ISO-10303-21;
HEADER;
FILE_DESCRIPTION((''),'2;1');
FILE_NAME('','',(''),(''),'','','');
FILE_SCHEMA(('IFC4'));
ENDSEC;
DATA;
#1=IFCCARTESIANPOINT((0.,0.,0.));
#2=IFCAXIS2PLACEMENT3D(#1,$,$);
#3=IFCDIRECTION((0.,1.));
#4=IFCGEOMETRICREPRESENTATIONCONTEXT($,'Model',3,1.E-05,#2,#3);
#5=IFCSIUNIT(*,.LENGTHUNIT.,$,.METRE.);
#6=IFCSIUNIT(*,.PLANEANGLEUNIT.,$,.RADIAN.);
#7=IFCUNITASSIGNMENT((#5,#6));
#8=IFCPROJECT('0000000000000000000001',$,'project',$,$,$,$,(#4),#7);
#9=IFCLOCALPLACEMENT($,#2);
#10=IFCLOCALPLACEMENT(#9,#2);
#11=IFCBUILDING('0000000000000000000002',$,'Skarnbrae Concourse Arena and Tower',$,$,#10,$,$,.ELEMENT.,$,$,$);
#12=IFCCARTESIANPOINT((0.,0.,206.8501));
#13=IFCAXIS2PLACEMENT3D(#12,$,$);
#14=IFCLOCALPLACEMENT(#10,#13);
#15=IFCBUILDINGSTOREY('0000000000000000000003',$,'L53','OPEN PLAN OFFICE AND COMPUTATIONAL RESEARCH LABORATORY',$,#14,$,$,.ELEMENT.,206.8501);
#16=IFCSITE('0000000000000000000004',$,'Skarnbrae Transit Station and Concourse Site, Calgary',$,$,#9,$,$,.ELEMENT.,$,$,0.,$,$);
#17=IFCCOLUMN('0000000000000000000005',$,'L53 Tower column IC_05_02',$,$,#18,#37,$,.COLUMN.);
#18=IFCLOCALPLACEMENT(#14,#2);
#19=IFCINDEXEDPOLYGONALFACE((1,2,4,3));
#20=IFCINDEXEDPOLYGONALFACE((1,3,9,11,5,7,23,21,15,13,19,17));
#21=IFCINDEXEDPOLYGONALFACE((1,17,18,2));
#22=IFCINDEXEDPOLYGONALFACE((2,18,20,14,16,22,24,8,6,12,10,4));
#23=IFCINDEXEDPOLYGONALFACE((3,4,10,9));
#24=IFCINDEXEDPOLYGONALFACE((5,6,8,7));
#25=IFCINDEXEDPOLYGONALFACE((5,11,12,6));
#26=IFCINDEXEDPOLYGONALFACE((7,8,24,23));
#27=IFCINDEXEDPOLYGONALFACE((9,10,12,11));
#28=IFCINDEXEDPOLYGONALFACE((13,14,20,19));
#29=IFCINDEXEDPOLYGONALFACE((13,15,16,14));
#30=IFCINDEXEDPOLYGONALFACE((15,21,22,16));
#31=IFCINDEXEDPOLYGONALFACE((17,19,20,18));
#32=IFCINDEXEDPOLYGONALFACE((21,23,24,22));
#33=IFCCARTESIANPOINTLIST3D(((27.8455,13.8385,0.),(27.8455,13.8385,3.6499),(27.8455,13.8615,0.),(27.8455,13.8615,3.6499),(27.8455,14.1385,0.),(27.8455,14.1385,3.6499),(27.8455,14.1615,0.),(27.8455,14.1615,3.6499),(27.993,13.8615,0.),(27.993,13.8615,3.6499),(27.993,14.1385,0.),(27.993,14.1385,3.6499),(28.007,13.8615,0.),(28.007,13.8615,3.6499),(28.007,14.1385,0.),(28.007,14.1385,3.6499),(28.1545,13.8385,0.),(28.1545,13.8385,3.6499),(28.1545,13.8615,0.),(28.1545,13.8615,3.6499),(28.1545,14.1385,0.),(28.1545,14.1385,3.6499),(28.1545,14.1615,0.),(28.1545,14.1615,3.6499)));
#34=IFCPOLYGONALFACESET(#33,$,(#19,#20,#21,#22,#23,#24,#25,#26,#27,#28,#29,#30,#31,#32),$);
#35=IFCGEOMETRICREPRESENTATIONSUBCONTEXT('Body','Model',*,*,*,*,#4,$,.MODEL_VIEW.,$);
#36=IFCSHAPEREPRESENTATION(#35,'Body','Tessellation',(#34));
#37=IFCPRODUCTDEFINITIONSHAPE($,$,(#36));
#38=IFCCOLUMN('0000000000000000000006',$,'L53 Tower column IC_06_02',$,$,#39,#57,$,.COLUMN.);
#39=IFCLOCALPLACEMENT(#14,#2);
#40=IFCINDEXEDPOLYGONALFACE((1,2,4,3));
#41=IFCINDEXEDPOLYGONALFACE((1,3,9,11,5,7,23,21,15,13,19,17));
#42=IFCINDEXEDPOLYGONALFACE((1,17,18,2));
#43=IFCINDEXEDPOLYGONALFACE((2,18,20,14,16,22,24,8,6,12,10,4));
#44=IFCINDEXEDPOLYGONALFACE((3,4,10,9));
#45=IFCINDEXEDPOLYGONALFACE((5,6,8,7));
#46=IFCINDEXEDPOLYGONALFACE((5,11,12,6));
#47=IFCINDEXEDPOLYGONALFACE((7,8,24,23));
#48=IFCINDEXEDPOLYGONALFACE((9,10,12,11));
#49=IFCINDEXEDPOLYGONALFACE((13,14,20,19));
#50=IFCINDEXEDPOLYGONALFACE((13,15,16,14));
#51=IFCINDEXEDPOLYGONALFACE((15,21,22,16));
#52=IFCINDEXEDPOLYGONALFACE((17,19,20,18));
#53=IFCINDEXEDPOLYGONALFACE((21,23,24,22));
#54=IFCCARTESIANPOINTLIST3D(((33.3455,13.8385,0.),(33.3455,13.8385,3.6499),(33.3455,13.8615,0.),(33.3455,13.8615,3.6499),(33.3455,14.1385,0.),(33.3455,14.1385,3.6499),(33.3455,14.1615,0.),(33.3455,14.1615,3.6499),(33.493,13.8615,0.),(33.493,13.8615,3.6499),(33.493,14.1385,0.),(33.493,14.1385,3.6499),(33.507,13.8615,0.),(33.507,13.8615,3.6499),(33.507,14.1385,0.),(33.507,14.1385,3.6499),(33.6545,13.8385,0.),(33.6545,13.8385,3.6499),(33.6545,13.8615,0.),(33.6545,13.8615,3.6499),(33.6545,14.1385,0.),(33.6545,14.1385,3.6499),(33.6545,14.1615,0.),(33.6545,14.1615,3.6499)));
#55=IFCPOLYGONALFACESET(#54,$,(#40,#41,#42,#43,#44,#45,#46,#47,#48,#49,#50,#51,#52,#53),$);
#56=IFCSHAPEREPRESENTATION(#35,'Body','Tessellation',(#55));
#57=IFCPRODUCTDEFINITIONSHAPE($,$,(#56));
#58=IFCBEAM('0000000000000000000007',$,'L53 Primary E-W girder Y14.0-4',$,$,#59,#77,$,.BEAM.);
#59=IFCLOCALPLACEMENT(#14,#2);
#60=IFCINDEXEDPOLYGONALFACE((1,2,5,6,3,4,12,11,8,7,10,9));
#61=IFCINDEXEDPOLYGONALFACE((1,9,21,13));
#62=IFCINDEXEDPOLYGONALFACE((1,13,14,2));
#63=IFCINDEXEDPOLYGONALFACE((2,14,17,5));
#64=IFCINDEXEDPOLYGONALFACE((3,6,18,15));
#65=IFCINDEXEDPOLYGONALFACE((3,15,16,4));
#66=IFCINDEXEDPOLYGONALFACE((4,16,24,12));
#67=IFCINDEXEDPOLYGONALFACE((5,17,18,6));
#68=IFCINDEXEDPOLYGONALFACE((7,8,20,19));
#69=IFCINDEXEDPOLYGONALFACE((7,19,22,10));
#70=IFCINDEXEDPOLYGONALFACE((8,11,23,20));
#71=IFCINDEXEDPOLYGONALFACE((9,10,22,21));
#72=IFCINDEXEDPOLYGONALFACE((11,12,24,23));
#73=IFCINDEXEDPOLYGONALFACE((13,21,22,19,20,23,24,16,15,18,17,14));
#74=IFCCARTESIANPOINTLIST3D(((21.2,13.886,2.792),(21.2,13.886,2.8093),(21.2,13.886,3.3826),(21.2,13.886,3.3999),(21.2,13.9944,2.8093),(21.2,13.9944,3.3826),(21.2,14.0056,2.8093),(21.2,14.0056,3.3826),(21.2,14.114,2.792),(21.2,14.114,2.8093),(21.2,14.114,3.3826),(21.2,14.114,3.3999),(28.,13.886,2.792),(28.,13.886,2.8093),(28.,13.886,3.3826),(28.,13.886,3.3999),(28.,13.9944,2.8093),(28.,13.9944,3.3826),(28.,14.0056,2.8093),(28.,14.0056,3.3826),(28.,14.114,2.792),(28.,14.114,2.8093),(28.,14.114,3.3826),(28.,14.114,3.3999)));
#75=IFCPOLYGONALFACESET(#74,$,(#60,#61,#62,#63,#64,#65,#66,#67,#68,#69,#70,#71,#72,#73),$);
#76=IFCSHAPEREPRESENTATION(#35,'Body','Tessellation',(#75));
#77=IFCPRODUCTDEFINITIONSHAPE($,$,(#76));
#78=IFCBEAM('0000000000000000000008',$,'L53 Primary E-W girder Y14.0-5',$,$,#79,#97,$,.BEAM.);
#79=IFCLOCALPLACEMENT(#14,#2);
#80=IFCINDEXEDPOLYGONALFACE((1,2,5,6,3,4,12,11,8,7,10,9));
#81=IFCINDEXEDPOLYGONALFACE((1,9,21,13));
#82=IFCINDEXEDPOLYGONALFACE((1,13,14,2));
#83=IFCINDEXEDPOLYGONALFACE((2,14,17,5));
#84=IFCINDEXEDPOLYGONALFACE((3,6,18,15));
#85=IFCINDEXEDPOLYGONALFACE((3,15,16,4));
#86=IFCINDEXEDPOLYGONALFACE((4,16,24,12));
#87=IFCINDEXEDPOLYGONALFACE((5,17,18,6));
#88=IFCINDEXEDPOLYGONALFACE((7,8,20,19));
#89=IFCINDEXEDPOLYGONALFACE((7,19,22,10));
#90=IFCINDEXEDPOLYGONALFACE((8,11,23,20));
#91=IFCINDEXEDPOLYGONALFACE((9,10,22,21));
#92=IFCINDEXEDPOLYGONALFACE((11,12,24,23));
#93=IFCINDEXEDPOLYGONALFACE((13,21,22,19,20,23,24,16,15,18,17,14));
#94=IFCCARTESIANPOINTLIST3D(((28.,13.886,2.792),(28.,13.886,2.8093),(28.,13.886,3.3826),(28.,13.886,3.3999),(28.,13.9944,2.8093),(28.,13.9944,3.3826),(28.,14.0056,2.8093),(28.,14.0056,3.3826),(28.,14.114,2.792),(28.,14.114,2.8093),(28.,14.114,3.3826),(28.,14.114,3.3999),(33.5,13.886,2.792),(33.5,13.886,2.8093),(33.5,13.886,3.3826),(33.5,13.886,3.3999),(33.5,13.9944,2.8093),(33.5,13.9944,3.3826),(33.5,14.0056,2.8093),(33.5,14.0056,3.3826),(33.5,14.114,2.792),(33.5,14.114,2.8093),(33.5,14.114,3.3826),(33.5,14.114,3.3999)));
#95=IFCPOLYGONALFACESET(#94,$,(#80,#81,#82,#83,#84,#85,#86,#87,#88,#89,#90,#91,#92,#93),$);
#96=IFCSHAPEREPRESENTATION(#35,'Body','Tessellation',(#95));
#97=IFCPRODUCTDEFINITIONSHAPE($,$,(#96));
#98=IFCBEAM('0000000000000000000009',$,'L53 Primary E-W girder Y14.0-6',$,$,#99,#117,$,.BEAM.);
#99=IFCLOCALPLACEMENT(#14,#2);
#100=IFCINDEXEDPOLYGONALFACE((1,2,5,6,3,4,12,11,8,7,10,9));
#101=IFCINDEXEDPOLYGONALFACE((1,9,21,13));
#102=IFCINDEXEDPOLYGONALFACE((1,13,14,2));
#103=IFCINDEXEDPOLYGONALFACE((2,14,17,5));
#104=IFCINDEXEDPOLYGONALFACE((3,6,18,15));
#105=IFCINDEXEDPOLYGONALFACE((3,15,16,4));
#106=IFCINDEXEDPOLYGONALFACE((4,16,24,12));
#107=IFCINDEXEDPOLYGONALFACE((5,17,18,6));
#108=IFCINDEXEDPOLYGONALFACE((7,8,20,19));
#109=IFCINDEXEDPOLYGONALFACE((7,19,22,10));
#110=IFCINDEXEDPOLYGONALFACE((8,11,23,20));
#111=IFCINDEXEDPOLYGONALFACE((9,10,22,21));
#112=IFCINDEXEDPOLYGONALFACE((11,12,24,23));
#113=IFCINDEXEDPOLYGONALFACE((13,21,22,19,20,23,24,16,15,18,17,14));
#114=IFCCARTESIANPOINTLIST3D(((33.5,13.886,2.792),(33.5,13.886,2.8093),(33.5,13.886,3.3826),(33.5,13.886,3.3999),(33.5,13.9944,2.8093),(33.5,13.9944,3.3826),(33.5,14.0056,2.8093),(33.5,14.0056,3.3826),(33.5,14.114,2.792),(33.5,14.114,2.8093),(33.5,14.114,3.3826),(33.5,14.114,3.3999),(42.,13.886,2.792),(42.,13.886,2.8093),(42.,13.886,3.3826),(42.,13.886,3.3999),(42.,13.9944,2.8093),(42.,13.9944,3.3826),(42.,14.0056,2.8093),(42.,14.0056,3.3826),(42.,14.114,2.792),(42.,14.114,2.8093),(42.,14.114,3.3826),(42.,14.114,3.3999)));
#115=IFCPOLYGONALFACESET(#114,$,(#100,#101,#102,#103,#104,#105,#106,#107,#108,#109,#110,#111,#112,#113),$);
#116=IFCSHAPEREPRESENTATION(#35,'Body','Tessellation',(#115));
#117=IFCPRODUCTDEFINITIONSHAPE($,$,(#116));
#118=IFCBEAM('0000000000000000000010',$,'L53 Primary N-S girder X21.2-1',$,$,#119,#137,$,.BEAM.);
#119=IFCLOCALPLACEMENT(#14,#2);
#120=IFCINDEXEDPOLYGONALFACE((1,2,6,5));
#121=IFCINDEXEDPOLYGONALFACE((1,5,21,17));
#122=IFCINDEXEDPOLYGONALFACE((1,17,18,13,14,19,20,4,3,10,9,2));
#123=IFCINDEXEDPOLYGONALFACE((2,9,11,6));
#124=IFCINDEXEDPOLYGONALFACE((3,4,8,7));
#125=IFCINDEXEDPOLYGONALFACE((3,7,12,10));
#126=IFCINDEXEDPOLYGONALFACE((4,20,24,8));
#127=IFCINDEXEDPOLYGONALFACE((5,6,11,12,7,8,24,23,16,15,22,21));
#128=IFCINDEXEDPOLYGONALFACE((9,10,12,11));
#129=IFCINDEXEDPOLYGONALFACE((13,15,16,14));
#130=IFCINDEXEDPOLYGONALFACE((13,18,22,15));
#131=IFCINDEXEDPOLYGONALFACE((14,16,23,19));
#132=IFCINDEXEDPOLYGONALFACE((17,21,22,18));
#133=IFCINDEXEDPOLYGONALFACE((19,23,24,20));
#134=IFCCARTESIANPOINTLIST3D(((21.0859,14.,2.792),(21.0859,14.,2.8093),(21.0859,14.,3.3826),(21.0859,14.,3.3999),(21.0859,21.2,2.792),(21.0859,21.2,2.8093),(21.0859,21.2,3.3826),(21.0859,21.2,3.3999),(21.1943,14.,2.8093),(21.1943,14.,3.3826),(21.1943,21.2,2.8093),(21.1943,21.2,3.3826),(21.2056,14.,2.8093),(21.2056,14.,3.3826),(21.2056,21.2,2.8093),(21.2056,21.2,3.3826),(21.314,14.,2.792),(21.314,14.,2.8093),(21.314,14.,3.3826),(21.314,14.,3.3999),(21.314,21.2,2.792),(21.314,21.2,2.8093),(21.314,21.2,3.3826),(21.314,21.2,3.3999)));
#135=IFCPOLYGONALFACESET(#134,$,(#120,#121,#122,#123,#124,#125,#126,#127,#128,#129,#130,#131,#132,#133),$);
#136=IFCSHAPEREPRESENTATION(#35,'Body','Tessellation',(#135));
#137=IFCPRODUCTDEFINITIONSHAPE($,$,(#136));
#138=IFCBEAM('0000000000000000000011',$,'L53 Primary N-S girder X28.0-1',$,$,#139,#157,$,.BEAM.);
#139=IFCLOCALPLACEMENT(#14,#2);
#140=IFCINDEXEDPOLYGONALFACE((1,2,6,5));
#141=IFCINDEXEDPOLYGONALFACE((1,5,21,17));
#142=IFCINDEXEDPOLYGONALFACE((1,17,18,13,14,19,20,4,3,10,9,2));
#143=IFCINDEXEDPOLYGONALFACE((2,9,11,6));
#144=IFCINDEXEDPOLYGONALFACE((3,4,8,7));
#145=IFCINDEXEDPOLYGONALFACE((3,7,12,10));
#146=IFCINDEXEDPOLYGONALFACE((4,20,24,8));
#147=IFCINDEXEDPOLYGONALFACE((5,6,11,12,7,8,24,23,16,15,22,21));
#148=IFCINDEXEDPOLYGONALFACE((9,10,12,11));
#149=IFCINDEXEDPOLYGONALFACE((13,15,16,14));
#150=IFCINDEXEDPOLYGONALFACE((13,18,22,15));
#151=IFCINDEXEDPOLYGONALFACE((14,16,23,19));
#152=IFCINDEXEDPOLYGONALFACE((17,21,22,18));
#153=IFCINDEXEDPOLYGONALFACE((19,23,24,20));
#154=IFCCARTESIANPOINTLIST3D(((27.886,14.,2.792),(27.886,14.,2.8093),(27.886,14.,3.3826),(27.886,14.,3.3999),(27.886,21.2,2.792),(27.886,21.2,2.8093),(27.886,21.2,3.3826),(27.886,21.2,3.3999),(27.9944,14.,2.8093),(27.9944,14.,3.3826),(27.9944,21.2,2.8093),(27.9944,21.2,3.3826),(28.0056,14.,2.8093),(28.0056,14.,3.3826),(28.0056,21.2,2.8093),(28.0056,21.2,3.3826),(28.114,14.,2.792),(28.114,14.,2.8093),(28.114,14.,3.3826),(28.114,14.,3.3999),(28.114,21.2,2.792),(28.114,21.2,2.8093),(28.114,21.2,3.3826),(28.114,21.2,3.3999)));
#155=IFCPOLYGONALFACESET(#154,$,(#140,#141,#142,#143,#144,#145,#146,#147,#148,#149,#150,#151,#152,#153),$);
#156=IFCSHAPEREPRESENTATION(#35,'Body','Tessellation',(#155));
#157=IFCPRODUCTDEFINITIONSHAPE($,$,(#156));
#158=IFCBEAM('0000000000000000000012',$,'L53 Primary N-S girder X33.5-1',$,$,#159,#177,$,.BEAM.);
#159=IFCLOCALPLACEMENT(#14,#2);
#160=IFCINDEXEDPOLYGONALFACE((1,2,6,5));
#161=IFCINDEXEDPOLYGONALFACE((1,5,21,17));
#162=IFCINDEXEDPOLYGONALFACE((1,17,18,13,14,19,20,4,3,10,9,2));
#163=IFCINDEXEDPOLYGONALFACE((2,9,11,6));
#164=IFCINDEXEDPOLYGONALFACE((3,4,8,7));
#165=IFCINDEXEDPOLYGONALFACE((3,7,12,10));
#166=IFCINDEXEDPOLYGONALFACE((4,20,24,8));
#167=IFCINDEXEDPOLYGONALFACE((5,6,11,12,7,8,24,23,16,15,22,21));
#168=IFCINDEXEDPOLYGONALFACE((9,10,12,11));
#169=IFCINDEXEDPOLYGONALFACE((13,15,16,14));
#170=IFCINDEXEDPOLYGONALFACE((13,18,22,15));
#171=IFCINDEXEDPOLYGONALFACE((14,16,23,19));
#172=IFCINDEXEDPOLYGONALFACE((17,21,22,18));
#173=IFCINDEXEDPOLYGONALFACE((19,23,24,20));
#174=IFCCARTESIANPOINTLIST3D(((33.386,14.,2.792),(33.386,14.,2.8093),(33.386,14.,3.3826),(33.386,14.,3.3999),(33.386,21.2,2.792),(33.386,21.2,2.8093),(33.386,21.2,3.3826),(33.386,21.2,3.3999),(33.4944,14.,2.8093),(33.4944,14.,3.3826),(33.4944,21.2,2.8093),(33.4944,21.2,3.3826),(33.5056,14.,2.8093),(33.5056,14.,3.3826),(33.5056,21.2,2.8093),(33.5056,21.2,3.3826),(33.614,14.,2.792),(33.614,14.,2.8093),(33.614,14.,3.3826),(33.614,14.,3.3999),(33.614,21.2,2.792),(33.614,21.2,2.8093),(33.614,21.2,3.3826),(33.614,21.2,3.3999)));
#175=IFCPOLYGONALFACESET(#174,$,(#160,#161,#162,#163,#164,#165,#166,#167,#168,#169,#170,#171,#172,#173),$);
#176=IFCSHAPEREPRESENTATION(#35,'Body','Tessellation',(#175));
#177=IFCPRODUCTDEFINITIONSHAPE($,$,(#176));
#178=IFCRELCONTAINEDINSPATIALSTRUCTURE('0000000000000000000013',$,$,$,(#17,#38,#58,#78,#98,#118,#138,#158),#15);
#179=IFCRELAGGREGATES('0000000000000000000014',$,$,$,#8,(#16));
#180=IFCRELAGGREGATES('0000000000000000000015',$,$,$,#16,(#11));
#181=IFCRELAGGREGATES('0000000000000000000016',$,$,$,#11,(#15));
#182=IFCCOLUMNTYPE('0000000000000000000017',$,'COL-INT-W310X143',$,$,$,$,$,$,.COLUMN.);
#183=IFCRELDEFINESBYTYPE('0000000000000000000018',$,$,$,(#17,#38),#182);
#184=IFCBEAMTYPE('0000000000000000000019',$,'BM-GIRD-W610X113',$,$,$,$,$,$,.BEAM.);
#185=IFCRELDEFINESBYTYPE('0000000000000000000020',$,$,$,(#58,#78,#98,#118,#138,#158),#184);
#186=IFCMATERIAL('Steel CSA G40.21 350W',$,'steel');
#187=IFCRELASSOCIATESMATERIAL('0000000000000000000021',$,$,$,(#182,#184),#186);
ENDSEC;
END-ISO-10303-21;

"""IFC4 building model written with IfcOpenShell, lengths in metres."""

from ifc_helpers import new_model, si_unit, direction, frame, origin, origin_2d, place, context, subcontext, project, spatial, i_section, extrude, source, transform, mapped, material, material_profile, profile_set, type_object, element, save


model = new_model("IFC4")

# Units and contexts
model_context = context("Model", 3, precision=1e-05, world=origin(), true_north=direction((0.0, 1.0)))
body_context = subcontext(model_context, "Body", "Model", "MODEL_VIEW")
ifc_project = project(units=[si_unit("LENGTHUNIT", "METRE"), si_unit("PLANEANGLEUNIT", "RADIAN")], contexts=[model_context])

# Site, building, storey
site_placement = place(None, origin())
site = spatial("IfcSite", under=ifc_project, at=site_placement, Name="Skarnbrae Transit Station and Concourse Site, Calgary", CompositionType="ELEMENT", RefElevation=0.0)
building_placement = place(site_placement, origin())
building = spatial("IfcBuilding", under=site, at=building_placement, Name="Skarnbrae Concourse Arena and Tower", CompositionType="ELEMENT")
storey_placement = place(building_placement, frame((0.0, 0.0, 206.8501)))
storey = spatial("IfcBuildingStorey", under=building, at=storey_placement, Name="L53", Description="OPEN PLAN OFFICE AND COMPUTATIONAL RESEARCH LABORATORY", CompositionType="ELEMENT", Elevation=206.8501)

# Columns
ifc_material_1 = material(Name="Steel CSA G40.21 350W", Category="steel")
ifc_material_profile_1 = material_profile(ifc_material_1, i_section(OverallWidth=0.3091, OverallDepth=0.323, WebThickness=0.0139, FlangeThickness=0.0229, at=origin_2d()), Name="W310X143")
ifc_profile_set_1 = profile_set([ifc_material_profile_1], Name="Steel CSA G40.21 350W")
column_type = type_object("IfcColumnType", Name="COL-INT-W310X143", PredefinedType="COLUMN", material=ifc_profile_set_1)
shared_shape_1 = source(origin(), body_context, "Body", "SweptSolid", [
    extrude(i_section(OverallWidth=0.3091, OverallDepth=0.323, WebThickness=0.0139, FlangeThickness=0.0229, at=origin_2d()), origin(), (0.0, 0.0, 1.0), 3.6499),
])
for number, where, z_axis, x_axis, name in (
    (1, (28.0, 14.0, 0.0), (0.0, 0.0, 1.0), (1.0, 0.0, 0.0), "L53 Tower column IC_05_02"),
    (2, (33.5, 14.0, 0.0), (0.0, 0.0, 1.0), (1.0, 0.0, 0.0), "L53 Tower column IC_06_02"),
):
    element("IfcColumn", number, at=place(storey_placement, frame(where, z_axis=z_axis, x_axis=x_axis)), inside=storey, type_object=column_type, Name=name, PredefinedType="COLUMN", context=body_context, shape_type="MappedRepresentation", body=[
        mapped(shared_shape_1, transform((0.0, 0.0, 0.0))),
    ])

# Beams
ifc_material_profile_2 = material_profile(ifc_material_1, i_section(OverallWidth=0.228, OverallDepth=0.6079, WebThickness=0.0112, FlangeThickness=0.0173, at=origin_2d()), Name="W610X113")
ifc_profile_set_2 = profile_set([ifc_material_profile_2], Name="Steel CSA G40.21 350W")
beam_type_1 = type_object("IfcBeamType", Name="BM-GIRD-W610X113", PredefinedType="BEAM", material=ifc_profile_set_2)
shared_shape_2 = source(origin(), body_context, "Body", "SweptSolid", [
    extrude(i_section(OverallWidth=0.228, OverallDepth=0.6079, WebThickness=0.0112, FlangeThickness=0.0173, at=origin_2d()), origin(), (0.0, 0.0, 1.0), 6.8),
])
beam_1_placement = place(storey_placement, frame((21.2, 14.0, 3.0959), z_axis=(1.0, 0.0, 0.0), x_axis=(0.0, 1.0, 0.0)))
element("IfcBeam", 3, at=beam_1_placement, inside=storey, type_object=beam_type_1, Name="L53 Primary E-W girder Y14.0-4", PredefinedType="BEAM", context=body_context, shape_type="MappedRepresentation", body=[
    mapped(shared_shape_2, transform((0.0, 0.0, 0.0))),
])
shared_shape_3 = source(origin(), body_context, "Body", "SweptSolid", [
    extrude(i_section(OverallWidth=0.228, OverallDepth=0.6079, WebThickness=0.0112, FlangeThickness=0.0173, at=origin_2d()), origin(), (0.0, 0.0, 1.0), 5.5),
])
beam_2_placement = place(storey_placement, frame((28.0, 14.0, 3.0959), z_axis=(1.0, 0.0, 0.0), x_axis=(0.0, 1.0, 0.0)))
element("IfcBeam", 4, at=beam_2_placement, inside=storey, type_object=beam_type_1, Name="L53 Primary E-W girder Y14.0-5", PredefinedType="BEAM", context=body_context, shape_type="MappedRepresentation", body=[
    mapped(shared_shape_3, transform((0.0, 0.0, 0.0))),
])
shared_shape_4 = source(origin(), body_context, "Body", "SweptSolid", [
    extrude(i_section(OverallWidth=0.228, OverallDepth=0.6079, WebThickness=0.0112, FlangeThickness=0.0173, at=origin_2d()), origin(), (0.0, 0.0, 1.0), 8.5),
])
beam_3_placement = place(storey_placement, frame((33.5, 14.0, 3.0959), z_axis=(1.0, 0.0, 0.0), x_axis=(0.0, 1.0, 0.0)))
element("IfcBeam", 5, at=beam_3_placement, inside=storey, type_object=beam_type_1, Name="L53 Primary E-W girder Y14.0-6", PredefinedType="BEAM", context=body_context, shape_type="MappedRepresentation", body=[
    mapped(shared_shape_4, transform((0.0, 0.0, 0.0))),
])
shared_shape_5 = source(origin(), body_context, "Body", "SweptSolid", [
    extrude(i_section(OverallWidth=0.228, OverallDepth=0.6079, WebThickness=0.0112, FlangeThickness=0.0173, at=origin_2d()), origin(), (0.0, 0.0, 1.0), 7.2),
])
for number, where, z_axis, x_axis, name in (
    (6, (21.2, 14.0, 3.0959), (0.0, 1.0, 0.0), (-1.0, 0.0, 0.0), "L53 Primary N-S girder X21.2-1"),
    (7, (28.0, 14.0, 3.0959), (0.0, 1.0, 0.0), (-1.0, 0.0, 0.0), "L53 Primary N-S girder X28.0-1"),
    (8, (33.5, 14.0, 3.0959), (0.0, 1.0, 0.0), (-1.0, 0.0, 0.0), "L53 Primary N-S girder X33.5-1"),
):
    element("IfcBeam", number, at=place(storey_placement, frame(where, z_axis=z_axis, x_axis=x_axis)), inside=storey, type_object=beam_type_1, Name=name, PredefinedType="BEAM", context=body_context, shape_type="MappedRepresentation", body=[
        mapped(shared_shape_5, transform((0.0, 0.0, 0.0))),
    ])

save(model, "model.ifc")
